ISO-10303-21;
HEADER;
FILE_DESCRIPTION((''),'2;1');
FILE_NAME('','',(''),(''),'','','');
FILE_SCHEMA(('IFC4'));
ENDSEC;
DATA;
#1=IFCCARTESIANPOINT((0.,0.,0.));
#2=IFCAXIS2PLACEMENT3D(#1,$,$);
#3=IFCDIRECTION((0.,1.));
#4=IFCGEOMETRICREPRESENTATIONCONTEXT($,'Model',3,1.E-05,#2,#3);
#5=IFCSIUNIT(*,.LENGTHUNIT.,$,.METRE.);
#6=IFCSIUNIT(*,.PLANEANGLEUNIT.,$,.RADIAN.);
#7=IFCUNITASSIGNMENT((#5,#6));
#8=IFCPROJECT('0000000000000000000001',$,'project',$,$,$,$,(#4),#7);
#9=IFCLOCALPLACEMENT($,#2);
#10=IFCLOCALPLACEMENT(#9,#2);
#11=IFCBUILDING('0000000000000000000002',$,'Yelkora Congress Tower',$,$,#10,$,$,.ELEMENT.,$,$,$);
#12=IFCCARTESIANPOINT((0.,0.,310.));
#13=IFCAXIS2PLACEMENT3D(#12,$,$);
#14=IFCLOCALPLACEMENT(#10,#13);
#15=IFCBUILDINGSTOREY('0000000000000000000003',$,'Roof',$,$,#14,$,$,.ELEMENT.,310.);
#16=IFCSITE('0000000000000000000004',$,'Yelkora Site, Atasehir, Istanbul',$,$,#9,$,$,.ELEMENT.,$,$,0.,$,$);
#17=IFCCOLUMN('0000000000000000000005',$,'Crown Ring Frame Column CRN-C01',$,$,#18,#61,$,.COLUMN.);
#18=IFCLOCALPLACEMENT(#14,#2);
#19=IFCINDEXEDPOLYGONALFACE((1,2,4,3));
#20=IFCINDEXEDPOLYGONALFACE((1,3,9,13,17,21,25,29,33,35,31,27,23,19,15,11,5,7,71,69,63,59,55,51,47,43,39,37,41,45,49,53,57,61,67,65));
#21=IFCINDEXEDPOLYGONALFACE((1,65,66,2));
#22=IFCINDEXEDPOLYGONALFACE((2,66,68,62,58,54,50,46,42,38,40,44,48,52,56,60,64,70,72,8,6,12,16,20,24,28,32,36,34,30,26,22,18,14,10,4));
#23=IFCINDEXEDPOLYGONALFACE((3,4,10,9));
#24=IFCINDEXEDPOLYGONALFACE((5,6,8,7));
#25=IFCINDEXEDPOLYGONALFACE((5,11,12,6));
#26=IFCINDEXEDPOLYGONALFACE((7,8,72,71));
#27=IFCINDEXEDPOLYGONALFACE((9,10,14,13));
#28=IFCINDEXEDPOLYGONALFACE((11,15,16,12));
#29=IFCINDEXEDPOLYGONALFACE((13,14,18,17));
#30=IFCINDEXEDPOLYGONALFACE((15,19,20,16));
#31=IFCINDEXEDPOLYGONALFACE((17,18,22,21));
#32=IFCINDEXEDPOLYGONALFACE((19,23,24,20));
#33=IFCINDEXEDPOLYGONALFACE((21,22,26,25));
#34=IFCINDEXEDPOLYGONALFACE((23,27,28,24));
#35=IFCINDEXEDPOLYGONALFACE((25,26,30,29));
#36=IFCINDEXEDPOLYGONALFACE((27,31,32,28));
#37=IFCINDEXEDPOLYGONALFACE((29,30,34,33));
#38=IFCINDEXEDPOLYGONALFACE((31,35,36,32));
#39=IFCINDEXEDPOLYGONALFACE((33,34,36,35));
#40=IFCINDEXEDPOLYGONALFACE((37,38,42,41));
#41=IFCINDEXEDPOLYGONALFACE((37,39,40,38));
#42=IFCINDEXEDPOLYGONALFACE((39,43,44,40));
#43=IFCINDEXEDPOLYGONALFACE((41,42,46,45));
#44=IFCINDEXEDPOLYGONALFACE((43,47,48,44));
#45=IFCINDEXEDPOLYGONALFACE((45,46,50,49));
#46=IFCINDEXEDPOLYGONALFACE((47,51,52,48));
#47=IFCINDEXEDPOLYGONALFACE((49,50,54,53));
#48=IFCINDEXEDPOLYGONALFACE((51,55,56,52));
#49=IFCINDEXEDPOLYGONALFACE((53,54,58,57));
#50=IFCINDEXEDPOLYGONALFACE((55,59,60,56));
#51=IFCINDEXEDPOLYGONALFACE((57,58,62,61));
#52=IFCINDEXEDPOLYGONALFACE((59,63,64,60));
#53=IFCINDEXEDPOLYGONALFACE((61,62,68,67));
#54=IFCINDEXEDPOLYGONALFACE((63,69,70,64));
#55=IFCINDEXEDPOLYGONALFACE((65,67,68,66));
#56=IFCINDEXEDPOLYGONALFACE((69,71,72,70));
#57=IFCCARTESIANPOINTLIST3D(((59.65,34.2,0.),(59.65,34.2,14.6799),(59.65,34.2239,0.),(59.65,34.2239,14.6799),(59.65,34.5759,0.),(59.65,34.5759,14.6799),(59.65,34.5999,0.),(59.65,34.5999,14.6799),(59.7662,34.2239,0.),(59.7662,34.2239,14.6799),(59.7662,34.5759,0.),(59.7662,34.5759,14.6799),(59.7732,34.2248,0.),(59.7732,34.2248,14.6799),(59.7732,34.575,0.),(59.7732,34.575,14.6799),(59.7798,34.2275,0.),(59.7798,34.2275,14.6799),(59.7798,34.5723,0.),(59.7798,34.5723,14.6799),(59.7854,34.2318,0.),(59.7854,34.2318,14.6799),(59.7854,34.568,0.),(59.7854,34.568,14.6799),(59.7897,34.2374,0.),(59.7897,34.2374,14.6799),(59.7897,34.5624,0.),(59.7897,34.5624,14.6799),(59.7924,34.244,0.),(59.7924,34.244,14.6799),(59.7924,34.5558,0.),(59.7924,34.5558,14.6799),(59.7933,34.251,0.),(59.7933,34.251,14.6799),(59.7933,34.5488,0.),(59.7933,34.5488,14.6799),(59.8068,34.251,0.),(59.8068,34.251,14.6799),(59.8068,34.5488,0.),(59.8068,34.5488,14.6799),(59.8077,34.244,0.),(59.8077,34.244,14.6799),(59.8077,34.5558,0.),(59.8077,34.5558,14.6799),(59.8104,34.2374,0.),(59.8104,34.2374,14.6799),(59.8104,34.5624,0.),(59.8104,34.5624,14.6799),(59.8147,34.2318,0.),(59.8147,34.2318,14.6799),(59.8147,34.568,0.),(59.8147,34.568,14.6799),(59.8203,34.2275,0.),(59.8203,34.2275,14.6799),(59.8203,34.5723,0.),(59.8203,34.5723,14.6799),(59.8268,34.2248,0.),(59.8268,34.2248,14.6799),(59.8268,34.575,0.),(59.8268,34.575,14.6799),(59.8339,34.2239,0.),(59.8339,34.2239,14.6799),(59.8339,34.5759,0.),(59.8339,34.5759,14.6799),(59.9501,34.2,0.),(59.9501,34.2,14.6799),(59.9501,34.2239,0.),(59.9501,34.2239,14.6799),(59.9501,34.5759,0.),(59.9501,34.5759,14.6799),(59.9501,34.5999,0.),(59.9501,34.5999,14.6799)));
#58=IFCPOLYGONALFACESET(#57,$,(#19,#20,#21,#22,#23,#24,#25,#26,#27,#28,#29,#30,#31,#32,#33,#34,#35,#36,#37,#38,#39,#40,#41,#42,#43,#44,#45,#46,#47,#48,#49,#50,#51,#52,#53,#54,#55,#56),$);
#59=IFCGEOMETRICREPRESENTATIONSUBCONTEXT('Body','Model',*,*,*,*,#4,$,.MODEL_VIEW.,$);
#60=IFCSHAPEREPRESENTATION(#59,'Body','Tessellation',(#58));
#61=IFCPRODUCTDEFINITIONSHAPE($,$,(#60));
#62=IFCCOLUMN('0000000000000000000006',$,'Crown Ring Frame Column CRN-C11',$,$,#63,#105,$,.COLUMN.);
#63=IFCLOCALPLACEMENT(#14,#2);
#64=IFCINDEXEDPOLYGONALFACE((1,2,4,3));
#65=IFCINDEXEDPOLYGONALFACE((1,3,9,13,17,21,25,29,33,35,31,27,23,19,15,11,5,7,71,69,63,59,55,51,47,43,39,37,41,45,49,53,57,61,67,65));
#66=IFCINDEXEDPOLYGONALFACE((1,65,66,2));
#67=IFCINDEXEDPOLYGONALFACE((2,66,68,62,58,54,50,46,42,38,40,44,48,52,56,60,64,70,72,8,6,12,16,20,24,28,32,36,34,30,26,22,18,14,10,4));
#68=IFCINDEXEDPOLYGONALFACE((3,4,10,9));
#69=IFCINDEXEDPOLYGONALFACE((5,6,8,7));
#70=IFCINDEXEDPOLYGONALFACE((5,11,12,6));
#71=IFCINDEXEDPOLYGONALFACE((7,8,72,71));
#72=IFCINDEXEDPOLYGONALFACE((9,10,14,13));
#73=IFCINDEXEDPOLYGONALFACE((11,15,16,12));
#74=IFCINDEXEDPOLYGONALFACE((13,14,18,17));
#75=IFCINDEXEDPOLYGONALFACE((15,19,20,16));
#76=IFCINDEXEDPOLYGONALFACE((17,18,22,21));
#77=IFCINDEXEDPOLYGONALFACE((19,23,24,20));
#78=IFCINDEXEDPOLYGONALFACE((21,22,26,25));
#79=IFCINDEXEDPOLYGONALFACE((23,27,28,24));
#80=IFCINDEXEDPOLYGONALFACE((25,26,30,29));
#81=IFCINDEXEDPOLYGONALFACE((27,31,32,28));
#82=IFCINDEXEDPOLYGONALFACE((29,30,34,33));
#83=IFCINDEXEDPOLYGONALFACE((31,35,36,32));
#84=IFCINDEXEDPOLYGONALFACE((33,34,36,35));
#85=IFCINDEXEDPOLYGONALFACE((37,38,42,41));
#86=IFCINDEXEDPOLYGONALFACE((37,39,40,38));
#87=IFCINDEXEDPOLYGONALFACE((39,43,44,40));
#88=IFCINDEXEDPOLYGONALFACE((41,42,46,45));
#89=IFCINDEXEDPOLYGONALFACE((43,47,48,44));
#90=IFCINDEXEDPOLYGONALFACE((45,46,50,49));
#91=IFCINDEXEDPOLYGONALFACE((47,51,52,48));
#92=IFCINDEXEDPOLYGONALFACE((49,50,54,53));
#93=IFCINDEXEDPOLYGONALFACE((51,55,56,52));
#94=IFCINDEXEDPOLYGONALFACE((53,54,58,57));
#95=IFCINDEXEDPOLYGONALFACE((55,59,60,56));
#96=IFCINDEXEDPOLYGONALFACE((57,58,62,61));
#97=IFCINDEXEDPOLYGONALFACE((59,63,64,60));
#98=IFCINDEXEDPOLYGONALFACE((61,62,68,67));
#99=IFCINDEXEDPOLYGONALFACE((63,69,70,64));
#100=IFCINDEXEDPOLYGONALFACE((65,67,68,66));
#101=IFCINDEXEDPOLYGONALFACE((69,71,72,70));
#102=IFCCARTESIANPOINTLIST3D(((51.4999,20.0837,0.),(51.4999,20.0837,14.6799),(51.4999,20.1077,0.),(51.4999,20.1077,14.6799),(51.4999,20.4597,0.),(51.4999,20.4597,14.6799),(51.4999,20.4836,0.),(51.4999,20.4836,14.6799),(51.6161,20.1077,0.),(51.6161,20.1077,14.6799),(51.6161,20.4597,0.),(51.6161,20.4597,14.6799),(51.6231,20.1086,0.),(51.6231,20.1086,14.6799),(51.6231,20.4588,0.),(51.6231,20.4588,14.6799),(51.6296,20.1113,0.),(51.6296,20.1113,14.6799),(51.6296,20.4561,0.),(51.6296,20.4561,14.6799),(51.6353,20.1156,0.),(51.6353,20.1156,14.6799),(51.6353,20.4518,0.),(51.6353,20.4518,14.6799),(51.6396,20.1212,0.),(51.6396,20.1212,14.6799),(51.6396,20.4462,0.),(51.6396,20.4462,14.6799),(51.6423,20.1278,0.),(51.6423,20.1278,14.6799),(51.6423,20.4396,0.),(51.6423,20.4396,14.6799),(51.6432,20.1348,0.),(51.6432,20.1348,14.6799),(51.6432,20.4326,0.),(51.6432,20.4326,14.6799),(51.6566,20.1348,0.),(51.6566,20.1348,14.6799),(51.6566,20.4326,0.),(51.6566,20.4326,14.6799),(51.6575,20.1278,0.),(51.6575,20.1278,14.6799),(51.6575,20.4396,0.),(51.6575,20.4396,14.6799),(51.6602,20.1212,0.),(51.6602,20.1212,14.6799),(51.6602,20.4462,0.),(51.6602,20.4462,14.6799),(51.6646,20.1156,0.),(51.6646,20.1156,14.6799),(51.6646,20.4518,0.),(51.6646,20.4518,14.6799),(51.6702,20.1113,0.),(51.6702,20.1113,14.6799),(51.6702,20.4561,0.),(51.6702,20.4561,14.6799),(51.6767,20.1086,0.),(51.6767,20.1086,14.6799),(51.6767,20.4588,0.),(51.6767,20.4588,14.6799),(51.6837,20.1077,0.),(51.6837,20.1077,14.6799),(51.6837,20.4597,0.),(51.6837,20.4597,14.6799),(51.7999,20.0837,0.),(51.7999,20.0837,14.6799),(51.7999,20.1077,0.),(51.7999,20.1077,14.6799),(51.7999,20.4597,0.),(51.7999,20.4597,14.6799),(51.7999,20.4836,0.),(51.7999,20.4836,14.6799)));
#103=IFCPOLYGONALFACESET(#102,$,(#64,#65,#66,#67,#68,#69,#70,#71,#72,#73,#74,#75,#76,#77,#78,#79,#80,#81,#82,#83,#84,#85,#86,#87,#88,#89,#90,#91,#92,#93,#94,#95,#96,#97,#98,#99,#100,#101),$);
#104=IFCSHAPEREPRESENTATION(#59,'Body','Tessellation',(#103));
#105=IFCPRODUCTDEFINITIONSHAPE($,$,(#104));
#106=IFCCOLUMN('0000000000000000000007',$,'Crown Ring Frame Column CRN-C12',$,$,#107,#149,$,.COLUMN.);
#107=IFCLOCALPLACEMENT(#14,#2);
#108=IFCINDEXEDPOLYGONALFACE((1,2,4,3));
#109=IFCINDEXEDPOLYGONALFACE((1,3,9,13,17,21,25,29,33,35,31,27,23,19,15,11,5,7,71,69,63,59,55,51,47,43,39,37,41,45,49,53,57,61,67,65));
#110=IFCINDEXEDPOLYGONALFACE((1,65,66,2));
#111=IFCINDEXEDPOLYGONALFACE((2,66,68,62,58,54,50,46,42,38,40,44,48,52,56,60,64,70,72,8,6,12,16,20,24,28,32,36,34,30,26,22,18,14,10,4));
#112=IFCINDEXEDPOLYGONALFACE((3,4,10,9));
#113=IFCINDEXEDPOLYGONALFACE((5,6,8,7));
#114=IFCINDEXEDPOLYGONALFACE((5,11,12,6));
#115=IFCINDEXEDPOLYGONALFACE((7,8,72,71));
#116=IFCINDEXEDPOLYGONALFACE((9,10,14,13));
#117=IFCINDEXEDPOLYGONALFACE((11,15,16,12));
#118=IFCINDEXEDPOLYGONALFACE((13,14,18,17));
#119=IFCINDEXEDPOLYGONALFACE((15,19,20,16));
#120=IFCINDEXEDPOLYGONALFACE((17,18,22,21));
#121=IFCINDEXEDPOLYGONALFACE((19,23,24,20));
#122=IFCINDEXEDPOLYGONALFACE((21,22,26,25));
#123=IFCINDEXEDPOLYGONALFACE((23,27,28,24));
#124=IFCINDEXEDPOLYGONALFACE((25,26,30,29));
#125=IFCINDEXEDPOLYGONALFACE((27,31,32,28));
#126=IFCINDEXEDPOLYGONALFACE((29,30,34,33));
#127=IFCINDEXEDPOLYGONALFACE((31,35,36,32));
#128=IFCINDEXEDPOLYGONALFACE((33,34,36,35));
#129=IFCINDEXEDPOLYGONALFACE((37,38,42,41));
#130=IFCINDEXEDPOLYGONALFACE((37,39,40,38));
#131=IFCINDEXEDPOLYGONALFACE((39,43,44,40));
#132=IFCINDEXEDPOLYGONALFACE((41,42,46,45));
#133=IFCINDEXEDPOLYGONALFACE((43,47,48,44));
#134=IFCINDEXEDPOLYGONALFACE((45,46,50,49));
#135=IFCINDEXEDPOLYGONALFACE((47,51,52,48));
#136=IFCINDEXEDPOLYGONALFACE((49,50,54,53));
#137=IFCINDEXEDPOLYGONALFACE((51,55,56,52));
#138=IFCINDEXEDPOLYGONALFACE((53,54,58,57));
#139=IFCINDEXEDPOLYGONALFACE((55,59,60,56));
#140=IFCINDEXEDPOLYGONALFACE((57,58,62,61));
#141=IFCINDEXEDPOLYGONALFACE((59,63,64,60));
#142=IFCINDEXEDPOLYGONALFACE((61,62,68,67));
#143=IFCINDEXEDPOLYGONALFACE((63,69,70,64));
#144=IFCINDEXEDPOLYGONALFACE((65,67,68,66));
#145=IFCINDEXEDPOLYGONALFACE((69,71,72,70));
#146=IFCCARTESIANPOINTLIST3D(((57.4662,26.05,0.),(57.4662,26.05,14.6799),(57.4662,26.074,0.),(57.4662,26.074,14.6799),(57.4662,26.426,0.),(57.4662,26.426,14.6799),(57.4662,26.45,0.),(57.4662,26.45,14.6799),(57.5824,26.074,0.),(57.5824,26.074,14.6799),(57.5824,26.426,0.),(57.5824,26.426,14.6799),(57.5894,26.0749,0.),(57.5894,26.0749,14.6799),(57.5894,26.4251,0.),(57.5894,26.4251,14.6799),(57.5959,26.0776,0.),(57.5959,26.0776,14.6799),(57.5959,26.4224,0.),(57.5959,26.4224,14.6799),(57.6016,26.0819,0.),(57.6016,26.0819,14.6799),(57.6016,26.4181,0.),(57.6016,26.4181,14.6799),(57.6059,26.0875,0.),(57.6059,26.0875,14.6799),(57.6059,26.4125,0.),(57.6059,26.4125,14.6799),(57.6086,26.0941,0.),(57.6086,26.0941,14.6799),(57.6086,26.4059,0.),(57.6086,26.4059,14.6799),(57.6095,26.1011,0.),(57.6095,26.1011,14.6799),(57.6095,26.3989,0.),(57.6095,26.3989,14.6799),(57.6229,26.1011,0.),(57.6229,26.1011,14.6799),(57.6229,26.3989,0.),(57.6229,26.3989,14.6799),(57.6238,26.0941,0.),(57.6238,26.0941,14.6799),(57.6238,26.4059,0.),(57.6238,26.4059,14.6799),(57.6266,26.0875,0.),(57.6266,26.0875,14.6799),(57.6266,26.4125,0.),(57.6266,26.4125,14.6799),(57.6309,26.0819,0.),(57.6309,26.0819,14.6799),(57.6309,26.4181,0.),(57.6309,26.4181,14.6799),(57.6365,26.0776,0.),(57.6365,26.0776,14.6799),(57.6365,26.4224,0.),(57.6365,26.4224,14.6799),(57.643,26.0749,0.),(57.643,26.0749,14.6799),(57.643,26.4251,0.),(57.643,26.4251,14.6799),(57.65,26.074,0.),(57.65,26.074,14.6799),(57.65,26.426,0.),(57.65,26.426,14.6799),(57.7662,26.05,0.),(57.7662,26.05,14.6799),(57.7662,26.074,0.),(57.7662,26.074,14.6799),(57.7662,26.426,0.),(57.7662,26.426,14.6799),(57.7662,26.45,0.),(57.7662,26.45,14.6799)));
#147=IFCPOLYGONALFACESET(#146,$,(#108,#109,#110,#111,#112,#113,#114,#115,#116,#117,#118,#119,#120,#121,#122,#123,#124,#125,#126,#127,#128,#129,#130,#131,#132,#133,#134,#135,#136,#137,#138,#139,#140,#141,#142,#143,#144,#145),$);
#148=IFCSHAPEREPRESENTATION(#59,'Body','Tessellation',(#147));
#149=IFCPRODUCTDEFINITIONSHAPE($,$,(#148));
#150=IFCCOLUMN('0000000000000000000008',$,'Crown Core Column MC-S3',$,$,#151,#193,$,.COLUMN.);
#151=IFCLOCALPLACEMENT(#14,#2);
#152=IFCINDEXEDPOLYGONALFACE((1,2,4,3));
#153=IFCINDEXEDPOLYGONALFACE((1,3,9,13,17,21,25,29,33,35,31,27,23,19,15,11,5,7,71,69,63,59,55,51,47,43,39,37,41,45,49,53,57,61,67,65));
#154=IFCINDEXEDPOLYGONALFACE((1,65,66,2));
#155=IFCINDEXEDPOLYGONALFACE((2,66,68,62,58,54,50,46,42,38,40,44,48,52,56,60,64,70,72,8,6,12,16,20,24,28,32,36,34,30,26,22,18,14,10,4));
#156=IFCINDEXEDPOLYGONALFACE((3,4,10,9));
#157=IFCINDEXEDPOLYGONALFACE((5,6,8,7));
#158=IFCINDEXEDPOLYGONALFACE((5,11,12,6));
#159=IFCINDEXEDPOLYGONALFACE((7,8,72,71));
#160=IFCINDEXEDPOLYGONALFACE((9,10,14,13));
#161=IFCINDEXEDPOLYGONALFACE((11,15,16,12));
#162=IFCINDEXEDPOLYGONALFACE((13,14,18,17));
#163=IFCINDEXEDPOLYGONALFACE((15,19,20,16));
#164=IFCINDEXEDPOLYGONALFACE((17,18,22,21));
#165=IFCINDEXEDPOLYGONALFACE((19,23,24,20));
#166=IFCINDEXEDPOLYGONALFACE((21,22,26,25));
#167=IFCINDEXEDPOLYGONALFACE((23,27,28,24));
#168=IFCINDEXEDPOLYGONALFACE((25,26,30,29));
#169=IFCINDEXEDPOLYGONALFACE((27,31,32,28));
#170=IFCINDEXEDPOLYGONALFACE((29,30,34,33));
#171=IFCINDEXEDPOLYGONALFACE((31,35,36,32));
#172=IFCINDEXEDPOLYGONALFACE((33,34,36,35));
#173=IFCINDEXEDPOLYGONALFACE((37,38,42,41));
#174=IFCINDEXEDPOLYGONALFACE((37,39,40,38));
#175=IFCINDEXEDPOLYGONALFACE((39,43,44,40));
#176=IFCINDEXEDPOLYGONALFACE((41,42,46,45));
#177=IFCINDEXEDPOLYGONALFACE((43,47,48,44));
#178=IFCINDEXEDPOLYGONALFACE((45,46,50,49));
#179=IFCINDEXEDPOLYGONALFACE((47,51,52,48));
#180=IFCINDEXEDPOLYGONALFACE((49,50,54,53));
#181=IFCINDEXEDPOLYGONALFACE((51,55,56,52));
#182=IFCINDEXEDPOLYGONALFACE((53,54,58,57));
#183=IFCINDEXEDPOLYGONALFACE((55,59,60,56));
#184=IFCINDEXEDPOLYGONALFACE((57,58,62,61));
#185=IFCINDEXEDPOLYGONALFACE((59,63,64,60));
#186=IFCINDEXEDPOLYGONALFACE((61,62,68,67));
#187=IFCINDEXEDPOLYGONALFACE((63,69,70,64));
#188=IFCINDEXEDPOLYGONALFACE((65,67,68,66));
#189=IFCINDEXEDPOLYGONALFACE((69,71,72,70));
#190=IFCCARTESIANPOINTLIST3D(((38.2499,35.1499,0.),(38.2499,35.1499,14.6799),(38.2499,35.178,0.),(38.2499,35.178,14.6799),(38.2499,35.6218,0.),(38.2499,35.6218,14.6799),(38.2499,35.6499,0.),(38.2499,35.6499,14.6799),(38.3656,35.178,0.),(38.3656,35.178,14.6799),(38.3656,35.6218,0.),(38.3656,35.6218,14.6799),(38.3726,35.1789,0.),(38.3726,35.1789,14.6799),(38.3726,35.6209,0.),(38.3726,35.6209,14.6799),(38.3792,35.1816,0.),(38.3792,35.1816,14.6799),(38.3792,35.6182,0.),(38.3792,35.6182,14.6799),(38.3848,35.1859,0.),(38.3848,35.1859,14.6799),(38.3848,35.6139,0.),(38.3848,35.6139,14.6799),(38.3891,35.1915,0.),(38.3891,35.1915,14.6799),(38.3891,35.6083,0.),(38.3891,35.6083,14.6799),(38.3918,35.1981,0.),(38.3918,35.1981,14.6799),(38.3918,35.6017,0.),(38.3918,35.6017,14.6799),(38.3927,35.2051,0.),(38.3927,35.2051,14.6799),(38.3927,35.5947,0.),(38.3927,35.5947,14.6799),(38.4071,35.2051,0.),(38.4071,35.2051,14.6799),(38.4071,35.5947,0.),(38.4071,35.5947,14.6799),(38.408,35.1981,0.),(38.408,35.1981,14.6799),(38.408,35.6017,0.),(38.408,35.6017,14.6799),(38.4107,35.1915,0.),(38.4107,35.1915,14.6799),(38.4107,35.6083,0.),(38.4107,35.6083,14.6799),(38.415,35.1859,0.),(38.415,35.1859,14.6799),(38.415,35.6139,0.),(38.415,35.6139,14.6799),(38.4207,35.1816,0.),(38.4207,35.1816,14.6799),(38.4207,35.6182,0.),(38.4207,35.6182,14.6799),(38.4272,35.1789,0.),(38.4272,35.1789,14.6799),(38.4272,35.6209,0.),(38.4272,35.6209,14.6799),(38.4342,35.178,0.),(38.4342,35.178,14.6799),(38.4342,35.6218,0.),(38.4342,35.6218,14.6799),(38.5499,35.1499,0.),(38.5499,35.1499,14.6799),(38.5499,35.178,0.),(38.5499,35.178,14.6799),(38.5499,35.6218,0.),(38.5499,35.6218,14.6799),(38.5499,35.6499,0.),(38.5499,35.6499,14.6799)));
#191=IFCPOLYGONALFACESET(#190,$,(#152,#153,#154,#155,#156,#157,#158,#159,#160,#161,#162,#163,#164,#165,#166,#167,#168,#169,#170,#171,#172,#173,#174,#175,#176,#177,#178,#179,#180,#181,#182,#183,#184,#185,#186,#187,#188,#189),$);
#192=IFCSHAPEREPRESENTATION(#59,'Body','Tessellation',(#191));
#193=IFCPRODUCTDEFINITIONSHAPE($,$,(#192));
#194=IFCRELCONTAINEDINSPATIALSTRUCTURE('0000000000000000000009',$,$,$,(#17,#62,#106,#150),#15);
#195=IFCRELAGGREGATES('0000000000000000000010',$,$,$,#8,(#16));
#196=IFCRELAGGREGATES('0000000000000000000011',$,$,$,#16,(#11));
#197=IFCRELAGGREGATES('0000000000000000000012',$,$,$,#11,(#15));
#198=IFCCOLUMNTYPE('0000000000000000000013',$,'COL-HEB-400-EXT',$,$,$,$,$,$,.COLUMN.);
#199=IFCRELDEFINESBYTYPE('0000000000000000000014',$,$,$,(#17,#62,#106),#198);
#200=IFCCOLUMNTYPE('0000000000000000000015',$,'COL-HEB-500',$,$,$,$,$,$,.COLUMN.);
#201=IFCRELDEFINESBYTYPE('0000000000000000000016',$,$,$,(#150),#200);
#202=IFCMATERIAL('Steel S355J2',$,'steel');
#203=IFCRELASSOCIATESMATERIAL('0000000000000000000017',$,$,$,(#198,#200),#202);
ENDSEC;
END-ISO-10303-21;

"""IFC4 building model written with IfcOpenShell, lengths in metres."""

from ifc_helpers import new_model, si_unit, direction, frame, origin, origin_2d, place, context, subcontext, project, spatial, i_section, extrude, material, material_profile, profile_set, type_object, element, save


model = new_model("IFC4")

# Units and contexts
model_context = context("Model", 3, precision=1e-05, world=origin(), true_north=direction((0.0, 1.0)))
body_context = subcontext(model_context, "Body", "Model", "MODEL_VIEW")
ifc_project = project(units=[si_unit("LENGTHUNIT", "METRE"), si_unit("PLANEANGLEUNIT", "RADIAN")], contexts=[model_context])

# Site, building, storey
site_placement = place(None, origin())
site = spatial("IfcSite", under=ifc_project, at=site_placement, Name="Yelkora Site, Atasehir, Istanbul", CompositionType="ELEMENT", RefElevation=0.0)
building_placement = place(site_placement, origin())
building = spatial("IfcBuilding", under=site, at=building_placement, Name="Yelkora Congress Tower", CompositionType="ELEMENT")
storey_placement = place(building_placement, frame((0.0, 0.0, 310.0)))
storey = spatial("IfcBuildingStorey", under=building, at=storey_placement, Name="Roof", CompositionType="ELEMENT", Elevation=310.0)

# Columns
ifc_material_1 = material(Name="Steel S355J2", Category="steel")
ifc_material_profile_1 = material_profile(ifc_material_1, i_section(OverallWidth=0.3, OverallDepth=0.3999, WebThickness=0.0134, FlangeThickness=0.0239, FilletRadius=0.0271, at=origin_2d()), Name="HEB 400")
ifc_profile_set_1 = profile_set([ifc_material_profile_1], Name="Steel S355J2")
column_type_1 = type_object("IfcColumnType", Name="COL-HEB-400-EXT", PredefinedType="COLUMN", material=ifc_profile_set_1)
for number, where, z_axis, x_axis, name in (
    (1, (59.8, 34.3999, 0.0), (0.0, 0.0, 1.0), (1.0, 0.0, 0.0), "Crown Ring Frame Column CRN-C01"),
    (2, (51.6499, 20.2837, 0.0), (0.0, 0.0, 1.0), (1.0, 0.0, 0.0), "Crown Ring Frame Column CRN-C11"),
    (3, (57.6162, 26.25, 0.0), (0.0, 0.0, 1.0), (1.0, 0.0, 0.0), "Crown Ring Frame Column CRN-C12"),
):
    element("IfcColumn", number, at=place(storey_placement, frame(where, z_axis=z_axis, x_axis=x_axis)), inside=storey, type_object=column_type_1, Name=name, PredefinedType="COLUMN", context=body_context, shape_type="SweptSolid", body=[
        extrude(i_section(OverallWidth=0.3, OverallDepth=0.3999, WebThickness=0.0134, FlangeThickness=0.0239, FilletRadius=0.0271, at=origin_2d()), origin(), (0.0, 0.0, 1.0), 14.6799),
    ])
ifc_material_profile_2 = material_profile(ifc_material_1, i_section(OverallWidth=0.3, OverallDepth=0.5, WebThickness=0.0144, FlangeThickness=0.0281, FilletRadius=0.0271, at=origin_2d()), Name="HEB 500")
ifc_profile_set_2 = profile_set([ifc_material_profile_2], Name="Steel S355J2")
column_type_2 = type_object("IfcColumnType", Name="COL-HEB-500", PredefinedType="COLUMN", material=ifc_profile_set_2)
for number, where, z_axis, x_axis, name in (
    (4, (38.3999, 35.3999, 0.0), (0.0, 0.0, 1.0), (1.0, 0.0, 0.0), "Crown Core Column MC-S3"),
):
    element("IfcColumn", number, at=place(storey_placement, frame(where, z_axis=z_axis, x_axis=x_axis)), inside=storey, type_object=column_type_2, Name=name, PredefinedType="COLUMN", context=body_context, shape_type="SweptSolid", body=[
        extrude(i_section(OverallWidth=0.3, OverallDepth=0.5, WebThickness=0.0144, FlangeThickness=0.0281, FilletRadius=0.0271, at=origin_2d()), origin(), (0.0, 0.0, 1.0), 14.6799),
    ])

save(model, "model.ifc")
